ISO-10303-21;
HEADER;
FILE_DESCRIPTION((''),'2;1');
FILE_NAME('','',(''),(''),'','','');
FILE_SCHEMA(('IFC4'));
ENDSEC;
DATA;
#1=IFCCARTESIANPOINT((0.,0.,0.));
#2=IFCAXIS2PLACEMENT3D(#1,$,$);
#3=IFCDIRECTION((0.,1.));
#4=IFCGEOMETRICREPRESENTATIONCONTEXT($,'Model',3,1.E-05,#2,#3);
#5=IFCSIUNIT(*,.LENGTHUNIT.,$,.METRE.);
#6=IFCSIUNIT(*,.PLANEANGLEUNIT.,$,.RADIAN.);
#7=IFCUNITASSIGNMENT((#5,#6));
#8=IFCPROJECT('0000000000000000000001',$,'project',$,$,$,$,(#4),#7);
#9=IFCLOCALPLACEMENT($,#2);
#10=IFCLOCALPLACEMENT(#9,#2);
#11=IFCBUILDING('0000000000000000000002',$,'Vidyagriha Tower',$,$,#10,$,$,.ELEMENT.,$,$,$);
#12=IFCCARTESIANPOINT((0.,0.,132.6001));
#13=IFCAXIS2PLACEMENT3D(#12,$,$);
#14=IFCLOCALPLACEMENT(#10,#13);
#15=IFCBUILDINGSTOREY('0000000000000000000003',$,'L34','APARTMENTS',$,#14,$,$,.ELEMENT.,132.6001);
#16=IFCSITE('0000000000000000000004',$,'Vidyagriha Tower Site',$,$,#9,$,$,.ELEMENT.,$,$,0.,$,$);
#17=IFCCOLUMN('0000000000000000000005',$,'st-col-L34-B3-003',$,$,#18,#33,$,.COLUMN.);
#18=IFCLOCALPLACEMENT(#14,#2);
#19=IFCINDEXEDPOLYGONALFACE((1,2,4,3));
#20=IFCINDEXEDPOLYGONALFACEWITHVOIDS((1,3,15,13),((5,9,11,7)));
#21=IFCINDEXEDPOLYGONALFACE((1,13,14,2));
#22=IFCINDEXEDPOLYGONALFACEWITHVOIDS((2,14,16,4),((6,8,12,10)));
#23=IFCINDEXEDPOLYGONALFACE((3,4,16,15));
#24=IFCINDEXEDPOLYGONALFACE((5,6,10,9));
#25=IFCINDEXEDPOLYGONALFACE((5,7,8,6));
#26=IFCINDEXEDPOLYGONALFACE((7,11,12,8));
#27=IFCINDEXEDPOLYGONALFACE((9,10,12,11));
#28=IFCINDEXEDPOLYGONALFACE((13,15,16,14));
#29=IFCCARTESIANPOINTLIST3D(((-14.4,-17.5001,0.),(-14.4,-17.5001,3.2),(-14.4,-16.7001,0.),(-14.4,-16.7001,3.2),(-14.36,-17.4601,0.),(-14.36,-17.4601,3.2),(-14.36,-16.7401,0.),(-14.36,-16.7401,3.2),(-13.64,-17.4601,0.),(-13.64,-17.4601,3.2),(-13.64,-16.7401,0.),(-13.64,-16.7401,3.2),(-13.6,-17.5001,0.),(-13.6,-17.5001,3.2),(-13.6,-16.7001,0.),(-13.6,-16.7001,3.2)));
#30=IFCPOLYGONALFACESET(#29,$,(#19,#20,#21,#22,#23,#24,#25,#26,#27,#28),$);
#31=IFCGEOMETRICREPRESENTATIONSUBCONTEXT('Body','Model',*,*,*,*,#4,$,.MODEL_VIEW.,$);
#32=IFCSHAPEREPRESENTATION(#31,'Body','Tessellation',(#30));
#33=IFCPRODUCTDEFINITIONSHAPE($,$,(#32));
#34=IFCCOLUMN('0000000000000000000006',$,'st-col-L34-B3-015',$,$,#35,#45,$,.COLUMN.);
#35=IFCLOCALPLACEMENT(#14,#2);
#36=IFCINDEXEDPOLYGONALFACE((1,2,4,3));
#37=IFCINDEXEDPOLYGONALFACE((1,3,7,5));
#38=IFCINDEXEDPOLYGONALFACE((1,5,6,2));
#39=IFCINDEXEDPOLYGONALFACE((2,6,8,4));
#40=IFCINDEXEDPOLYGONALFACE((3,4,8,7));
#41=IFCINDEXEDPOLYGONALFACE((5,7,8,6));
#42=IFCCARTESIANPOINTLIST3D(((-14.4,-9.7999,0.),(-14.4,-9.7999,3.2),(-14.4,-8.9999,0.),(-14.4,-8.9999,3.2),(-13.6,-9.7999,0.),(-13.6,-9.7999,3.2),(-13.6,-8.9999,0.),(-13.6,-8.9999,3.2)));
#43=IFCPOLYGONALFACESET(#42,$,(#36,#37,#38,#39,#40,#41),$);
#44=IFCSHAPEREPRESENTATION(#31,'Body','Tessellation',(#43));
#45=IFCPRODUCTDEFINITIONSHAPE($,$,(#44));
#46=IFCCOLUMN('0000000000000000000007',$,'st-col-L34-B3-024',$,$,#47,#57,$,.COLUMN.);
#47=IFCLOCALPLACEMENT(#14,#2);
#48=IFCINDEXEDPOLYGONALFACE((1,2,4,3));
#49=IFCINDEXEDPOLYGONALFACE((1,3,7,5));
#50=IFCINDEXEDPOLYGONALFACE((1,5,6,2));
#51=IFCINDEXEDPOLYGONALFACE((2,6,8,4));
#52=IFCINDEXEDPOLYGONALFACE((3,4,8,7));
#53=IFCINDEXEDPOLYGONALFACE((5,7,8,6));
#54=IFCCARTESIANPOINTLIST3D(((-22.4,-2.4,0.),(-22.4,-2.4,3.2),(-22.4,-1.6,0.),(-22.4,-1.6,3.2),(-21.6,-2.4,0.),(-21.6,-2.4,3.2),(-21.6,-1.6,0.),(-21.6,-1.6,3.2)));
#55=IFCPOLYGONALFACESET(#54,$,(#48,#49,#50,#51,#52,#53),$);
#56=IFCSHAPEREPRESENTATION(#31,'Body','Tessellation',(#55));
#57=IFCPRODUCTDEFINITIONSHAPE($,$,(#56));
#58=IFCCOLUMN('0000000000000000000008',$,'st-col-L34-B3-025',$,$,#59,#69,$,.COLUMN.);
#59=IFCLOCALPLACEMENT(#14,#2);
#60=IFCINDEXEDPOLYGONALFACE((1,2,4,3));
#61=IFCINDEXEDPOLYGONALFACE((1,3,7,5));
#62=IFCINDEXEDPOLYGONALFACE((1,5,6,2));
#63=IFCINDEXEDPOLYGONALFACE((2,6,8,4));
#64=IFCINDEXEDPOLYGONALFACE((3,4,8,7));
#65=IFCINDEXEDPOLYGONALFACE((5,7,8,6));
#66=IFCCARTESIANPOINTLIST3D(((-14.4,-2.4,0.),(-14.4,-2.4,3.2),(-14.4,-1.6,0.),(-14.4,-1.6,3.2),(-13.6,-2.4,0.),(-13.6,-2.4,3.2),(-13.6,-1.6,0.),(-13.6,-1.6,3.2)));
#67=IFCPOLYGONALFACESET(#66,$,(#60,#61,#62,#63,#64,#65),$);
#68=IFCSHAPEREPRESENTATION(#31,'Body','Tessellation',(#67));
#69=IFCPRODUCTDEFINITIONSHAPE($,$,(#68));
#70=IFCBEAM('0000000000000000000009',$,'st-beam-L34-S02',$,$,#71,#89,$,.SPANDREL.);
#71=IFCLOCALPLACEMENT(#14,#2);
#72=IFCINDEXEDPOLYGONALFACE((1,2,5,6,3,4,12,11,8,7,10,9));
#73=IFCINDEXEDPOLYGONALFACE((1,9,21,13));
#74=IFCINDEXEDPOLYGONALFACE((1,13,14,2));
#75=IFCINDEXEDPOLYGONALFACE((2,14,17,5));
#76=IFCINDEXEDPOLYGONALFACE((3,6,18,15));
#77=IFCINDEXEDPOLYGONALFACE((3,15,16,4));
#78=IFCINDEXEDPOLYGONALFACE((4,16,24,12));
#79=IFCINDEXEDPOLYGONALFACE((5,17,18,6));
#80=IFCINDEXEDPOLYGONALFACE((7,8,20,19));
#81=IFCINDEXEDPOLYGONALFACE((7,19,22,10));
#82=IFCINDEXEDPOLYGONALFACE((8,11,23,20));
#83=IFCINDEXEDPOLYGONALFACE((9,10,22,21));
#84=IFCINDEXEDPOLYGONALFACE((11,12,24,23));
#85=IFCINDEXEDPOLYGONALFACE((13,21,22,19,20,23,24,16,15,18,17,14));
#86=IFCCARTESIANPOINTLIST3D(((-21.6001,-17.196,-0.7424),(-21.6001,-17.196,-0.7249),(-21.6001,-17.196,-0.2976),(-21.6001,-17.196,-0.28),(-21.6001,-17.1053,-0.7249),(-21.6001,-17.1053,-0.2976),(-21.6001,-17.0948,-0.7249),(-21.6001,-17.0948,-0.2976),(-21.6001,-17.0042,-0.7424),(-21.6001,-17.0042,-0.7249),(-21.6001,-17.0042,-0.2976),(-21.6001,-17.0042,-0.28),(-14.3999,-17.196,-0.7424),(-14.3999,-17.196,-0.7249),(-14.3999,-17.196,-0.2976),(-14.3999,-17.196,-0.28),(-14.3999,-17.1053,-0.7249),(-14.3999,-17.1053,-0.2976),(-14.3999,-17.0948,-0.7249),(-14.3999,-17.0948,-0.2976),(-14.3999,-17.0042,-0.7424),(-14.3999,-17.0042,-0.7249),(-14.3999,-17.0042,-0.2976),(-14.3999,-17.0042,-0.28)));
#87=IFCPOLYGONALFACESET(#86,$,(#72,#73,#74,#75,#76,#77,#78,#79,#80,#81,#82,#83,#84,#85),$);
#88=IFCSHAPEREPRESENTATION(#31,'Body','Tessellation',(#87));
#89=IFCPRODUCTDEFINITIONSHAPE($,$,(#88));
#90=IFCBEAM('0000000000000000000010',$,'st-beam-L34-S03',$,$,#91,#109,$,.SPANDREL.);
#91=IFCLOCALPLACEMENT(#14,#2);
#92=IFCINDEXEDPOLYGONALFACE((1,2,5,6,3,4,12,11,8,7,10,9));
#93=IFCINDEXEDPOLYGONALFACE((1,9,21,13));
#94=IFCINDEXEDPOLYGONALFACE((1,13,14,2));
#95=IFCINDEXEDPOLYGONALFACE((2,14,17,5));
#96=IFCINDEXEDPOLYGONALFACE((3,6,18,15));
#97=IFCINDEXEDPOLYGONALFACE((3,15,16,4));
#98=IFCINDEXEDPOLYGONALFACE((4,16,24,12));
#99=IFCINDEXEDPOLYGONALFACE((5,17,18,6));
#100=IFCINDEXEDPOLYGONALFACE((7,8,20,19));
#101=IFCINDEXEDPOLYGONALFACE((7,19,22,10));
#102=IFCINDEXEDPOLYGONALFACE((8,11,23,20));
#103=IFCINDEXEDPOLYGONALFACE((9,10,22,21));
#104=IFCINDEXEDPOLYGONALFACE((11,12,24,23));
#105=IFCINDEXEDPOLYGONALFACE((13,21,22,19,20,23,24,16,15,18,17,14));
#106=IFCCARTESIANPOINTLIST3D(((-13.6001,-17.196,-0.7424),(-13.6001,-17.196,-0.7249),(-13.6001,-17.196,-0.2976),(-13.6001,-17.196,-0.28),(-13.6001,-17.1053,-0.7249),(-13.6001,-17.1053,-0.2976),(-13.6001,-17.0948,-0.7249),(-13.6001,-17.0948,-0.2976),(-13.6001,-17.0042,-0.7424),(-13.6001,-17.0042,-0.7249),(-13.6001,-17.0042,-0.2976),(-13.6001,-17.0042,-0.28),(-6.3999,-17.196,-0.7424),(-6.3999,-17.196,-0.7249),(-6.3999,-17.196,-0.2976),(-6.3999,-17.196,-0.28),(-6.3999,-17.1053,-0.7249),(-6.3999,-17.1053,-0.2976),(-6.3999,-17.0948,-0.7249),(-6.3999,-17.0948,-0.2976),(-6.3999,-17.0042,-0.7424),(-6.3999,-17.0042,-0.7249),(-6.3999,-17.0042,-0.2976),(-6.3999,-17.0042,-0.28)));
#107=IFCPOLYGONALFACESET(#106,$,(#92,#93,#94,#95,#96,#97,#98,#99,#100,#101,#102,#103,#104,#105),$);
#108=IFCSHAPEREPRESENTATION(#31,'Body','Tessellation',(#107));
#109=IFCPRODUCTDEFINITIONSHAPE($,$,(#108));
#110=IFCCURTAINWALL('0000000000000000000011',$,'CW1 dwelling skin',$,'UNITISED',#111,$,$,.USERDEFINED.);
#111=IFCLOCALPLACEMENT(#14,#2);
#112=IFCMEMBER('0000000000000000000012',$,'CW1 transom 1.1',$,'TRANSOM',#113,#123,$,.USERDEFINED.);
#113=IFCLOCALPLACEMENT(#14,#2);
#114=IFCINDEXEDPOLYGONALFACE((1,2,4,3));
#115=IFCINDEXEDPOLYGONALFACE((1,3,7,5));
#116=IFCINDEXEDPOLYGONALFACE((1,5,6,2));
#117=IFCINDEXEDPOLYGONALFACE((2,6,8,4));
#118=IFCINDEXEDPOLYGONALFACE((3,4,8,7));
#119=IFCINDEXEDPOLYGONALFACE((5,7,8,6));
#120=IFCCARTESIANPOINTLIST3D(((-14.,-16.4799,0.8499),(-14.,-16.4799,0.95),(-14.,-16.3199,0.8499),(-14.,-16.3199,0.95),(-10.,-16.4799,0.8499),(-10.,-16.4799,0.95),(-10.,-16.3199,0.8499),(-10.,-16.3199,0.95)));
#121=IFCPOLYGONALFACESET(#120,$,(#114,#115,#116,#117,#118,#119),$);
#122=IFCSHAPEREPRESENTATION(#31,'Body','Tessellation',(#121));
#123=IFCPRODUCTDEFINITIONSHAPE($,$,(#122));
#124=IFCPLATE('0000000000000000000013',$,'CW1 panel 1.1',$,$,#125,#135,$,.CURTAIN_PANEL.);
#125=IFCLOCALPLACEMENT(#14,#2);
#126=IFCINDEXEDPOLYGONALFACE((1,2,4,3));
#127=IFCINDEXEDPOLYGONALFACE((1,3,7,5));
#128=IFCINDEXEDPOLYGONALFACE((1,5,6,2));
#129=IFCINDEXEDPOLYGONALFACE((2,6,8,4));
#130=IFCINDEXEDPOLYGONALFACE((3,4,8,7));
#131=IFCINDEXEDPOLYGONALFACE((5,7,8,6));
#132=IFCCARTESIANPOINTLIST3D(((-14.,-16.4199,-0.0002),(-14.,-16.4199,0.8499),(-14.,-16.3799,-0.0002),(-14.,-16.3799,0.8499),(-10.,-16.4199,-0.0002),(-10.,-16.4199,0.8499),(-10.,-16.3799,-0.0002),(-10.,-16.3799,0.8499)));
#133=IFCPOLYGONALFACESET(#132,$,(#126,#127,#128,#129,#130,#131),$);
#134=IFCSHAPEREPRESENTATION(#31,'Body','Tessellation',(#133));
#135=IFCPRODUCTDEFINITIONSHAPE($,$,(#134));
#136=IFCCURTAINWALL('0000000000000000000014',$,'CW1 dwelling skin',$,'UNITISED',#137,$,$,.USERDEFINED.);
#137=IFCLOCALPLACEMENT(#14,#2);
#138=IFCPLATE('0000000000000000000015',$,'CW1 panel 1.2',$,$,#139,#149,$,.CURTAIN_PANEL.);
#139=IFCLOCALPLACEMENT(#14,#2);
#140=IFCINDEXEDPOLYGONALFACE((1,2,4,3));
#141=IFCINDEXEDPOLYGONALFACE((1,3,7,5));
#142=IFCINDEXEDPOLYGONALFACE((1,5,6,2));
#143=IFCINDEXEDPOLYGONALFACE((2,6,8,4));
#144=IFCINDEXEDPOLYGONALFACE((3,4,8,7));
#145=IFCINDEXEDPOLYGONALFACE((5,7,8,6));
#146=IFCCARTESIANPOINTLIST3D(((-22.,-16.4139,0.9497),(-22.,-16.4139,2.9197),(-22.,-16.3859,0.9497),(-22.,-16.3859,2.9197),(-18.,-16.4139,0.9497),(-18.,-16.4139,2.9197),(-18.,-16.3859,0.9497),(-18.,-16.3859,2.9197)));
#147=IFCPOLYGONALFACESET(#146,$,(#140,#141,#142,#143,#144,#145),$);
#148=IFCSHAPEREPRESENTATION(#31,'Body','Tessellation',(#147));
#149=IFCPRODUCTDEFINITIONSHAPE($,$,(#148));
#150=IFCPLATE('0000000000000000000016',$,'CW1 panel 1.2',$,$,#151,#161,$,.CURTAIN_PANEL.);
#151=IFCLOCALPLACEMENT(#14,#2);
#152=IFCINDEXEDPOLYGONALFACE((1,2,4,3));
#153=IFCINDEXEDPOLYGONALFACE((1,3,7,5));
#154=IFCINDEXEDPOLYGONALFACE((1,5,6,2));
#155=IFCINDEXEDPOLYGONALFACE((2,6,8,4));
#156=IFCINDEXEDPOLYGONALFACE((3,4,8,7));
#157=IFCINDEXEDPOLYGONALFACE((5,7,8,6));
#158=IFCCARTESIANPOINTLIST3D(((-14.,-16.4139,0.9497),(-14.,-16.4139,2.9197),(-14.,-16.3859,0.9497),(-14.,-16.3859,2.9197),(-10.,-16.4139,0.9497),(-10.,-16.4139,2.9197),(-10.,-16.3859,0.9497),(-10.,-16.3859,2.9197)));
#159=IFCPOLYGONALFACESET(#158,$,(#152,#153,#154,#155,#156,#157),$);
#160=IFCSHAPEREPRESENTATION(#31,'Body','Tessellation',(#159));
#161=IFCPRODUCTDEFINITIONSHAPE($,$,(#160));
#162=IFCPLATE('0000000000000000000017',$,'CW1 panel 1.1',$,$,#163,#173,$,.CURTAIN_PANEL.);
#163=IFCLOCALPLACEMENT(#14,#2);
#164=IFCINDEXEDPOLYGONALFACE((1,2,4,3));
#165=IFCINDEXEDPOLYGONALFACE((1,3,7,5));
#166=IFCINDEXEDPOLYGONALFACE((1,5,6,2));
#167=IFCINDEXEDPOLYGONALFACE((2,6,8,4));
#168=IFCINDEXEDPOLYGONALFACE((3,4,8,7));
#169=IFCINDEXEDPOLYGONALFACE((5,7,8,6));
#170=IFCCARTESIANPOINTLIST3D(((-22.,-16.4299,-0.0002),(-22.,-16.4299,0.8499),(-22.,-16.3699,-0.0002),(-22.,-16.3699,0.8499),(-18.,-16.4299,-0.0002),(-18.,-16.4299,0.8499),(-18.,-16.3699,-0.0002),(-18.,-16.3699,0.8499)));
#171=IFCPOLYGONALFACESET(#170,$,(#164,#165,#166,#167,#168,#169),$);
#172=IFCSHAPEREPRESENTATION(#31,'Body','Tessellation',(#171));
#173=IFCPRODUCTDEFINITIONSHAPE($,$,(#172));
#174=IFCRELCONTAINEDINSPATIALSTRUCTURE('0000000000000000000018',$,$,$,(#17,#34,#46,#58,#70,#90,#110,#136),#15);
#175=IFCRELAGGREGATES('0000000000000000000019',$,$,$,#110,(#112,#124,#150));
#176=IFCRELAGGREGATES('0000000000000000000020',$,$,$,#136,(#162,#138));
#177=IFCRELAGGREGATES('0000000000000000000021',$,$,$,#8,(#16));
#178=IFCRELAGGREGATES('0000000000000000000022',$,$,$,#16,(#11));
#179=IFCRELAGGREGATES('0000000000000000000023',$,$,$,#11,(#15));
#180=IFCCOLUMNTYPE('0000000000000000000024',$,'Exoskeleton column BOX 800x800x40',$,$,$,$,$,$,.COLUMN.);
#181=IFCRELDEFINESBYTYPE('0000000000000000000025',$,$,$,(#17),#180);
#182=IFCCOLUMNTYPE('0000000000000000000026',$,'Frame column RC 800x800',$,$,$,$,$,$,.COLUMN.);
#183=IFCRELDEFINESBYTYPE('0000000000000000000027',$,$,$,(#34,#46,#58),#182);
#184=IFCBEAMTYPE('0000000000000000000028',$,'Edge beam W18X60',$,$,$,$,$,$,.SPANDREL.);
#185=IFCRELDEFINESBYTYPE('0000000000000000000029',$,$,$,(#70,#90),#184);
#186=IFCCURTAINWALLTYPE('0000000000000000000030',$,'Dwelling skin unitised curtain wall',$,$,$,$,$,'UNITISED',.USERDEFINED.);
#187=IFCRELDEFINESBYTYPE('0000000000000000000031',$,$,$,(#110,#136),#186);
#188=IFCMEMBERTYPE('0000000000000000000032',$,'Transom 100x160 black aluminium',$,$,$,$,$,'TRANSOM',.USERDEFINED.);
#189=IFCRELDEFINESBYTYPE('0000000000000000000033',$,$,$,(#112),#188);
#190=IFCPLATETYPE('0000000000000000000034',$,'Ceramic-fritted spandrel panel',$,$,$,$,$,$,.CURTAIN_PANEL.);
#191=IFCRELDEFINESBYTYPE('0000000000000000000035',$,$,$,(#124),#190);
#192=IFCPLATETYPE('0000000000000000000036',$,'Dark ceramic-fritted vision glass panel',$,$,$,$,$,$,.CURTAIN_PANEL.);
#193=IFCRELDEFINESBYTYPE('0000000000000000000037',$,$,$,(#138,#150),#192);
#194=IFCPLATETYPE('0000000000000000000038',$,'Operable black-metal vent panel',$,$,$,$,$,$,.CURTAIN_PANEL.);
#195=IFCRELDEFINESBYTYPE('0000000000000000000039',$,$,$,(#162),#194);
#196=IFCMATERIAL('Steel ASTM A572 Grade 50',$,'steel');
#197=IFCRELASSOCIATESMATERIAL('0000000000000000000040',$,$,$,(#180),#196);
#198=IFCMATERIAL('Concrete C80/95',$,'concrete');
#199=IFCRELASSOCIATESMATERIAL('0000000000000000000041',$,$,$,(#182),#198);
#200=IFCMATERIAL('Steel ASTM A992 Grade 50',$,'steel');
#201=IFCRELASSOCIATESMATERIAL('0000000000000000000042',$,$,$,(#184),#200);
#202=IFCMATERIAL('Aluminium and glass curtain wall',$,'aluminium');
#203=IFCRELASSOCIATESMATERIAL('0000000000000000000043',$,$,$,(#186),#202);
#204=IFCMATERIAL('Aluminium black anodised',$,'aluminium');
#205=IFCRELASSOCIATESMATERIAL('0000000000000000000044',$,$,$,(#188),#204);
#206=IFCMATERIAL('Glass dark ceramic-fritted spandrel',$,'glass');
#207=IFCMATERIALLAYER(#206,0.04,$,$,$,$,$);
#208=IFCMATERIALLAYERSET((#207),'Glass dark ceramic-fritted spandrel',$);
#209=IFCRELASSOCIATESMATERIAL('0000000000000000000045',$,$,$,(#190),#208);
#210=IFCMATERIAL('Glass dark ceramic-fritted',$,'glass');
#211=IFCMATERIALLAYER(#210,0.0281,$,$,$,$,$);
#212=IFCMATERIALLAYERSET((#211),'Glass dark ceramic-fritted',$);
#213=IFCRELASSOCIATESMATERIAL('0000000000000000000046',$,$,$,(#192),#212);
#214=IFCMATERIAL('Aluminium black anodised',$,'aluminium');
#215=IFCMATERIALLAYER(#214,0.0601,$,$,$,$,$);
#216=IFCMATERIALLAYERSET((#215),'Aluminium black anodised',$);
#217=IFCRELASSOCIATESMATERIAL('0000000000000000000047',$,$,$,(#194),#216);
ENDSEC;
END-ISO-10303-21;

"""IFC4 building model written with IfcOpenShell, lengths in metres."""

from ifc_helpers import new_model, si_unit, direction, frame, origin, origin_2d, place, context, subcontext, project, spatial, rectangle, hollow_rectangle, i_section, extrude, material, layer, layer_set, material_profile, profile_set, type_object, element, aggregate, save


model = new_model("IFC4")

# Units and contexts
model_context = context("Model", 3, precision=1e-05, world=origin(), true_north=direction((0.0, 1.0)))
body_context = subcontext(model_context, "Body", "Model", "MODEL_VIEW")
ifc_project = project(units=[si_unit("LENGTHUNIT", "METRE"), si_unit("PLANEANGLEUNIT", "RADIAN")], contexts=[model_context])

# Site, building, storey
site_placement = place(None, origin())
site = spatial("IfcSite", under=ifc_project, at=site_placement, Name="Vidyagriha Tower Site", CompositionType="ELEMENT", RefElevation=0.0)
building_placement = place(site_placement, origin())
building = spatial("IfcBuilding", under=site, at=building_placement, Name="Vidyagriha Tower", CompositionType="ELEMENT")
storey_placement = place(building_placement, frame((0.0, 0.0, 132.6001)))
storey = spatial("IfcBuildingStorey", under=building, at=storey_placement, Name="L34", Description="APARTMENTS", CompositionType="ELEMENT", Elevation=132.6001)

# Columns
ifc_material_1 = material(Name="Steel ASTM A572 Grade 50", Category="steel")
ifc_material_profile_1 = material_profile(ifc_material_1, hollow_rectangle(XDim=0.8, YDim=0.8, WallThickness=0.04, at=origin_2d()), Name="BOX 800x800x40")
ifc_profile_set_1 = profile_set([ifc_material_profile_1], Name="Steel ASTM A572 Grade 50")
column_type_1 = type_object("IfcColumnType", Name="Exoskeleton column BOX 800x800x40", PredefinedType="COLUMN", material=ifc_profile_set_1)
column_placement = place(storey_placement, frame((-14.0, -17.1001, 0.0)))
element("IfcColumn", 1, at=column_placement, inside=storey, type_object=column_type_1, Name="st-col-L34-B3-003", PredefinedType="COLUMN", context=body_context, shape_type="SweptSolid", body=[
    extrude(hollow_rectangle(XDim=0.8, YDim=0.8, WallThickness=0.04, at=origin_2d()), origin(), (0.0, 0.0, 1.0), 3.2),
])
ifc_material_2 = material(Name="Concrete C80/95", Category="concrete")
ifc_material_profile_2 = material_profile(ifc_material_2, rectangle(XDim=0.8, YDim=0.8, at=origin_2d()), Name="RC 800x800")
ifc_profile_set_2 = profile_set([ifc_material_profile_2], Name="Concrete C80/95")
column_type_2 = type_object("IfcColumnType", Name="Frame column RC 800x800", PredefinedType="COLUMN", material=ifc_profile_set_2)
for number, where, name in (
    (2, (-14.0, -9.3999, 0.0), "st-col-L34-B3-015"),
    (3, (-22.0, -2.0, 0.0), "st-col-L34-B3-024"),
    (4, (-14.0, -2.0, 0.0), "st-col-L34-B3-025"),
):
    element("IfcColumn", number, at=place(storey_placement, frame(where)), inside=storey, type_object=column_type_2, Name=name, PredefinedType="COLUMN", context=body_context, shape_type="SweptSolid", body=[
        extrude(rectangle(XDim=0.8, YDim=0.8, at=origin_2d()), origin(), (0.0, 0.0, 1.0), 3.2),
    ])

# Beams
ifc_material_3 = material(Name="Steel ASTM A992 Grade 50", Category="steel")
ifc_material_profile_3 = material_profile(ifc_material_3, i_section(OverallWidth=0.1919, OverallDepth=0.4624, WebThickness=0.0105, FlangeThickness=0.0176, at=origin_2d()), Name="W18X60")
ifc_profile_set_3 = profile_set([ifc_material_profile_3], Name="Steel ASTM A992 Grade 50")
beam_type = type_object("IfcBeamType", Name="Edge beam W18X60", PredefinedType="SPANDREL", material=ifc_profile_set_3)
for number, where, z_axis, x_axis, name in (
    (5, (-21.6001, -17.1001, -0.5112), (1.0, 0.0, 0.0), (0.0, 1.0, 0.0), "st-beam-L34-S02"),
    (6, (-13.6001, -17.1001, -0.5112), (1.0, 0.0, 0.0), (0.0, 1.0, 0.0), "st-beam-L34-S03"),
):
    element("IfcBeam", number, at=place(storey_placement, frame(where, z_axis=z_axis, x_axis=x_axis)), inside=storey, type_object=beam_type, Name=name, PredefinedType="SPANDREL", context=body_context, shape_type="SweptSolid", body=[
        extrude(i_section(OverallWidth=0.1919, OverallDepth=0.4624, WebThickness=0.0105, FlangeThickness=0.0176, at=origin_2d()), origin(), (0.0, 0.0, 1.0), 7.2002),
    ])

# Curtain wall, member, plate
ifc_material_4 = material(Name="Aluminium and glass curtain wall", Category="aluminium")
curtain_wall_type = type_object("IfcCurtainWallType", Name="Dwelling skin unitised curtain wall", ElementType="UNITISED", PredefinedType="USERDEFINED", material=ifc_material_4)
curtain_wall_1_placement = place(storey_placement, origin())
curtain_wall_1 = element("IfcCurtainWall", 7, at=curtain_wall_1_placement, inside=storey, type_object=curtain_wall_type, Name="CW1 dwelling skin", ObjectType="UNITISED", PredefinedType="USERDEFINED")
ifc_material_5 = material(Name="Aluminium black anodised", Category="aluminium")
ifc_material_profile_4 = material_profile(ifc_material_5, rectangle(XDim=0.1599, YDim=0.1001, at=origin_2d()), Name="Transom 100x160 black aluminium")
ifc_profile_set_4 = profile_set([ifc_material_profile_4], Name="Aluminium black anodised")
member_type = type_object("IfcMemberType", Name="Transom 100x160 black aluminium", ElementType="TRANSOM", PredefinedType="USERDEFINED", material=ifc_profile_set_4)
member_placement = place(storey_placement, frame((-14.0, -16.3999, 0.8999), z_axis=(1.0, 0.0, 0.0), x_axis=(0.0, 1.0, 0.0)))
member = element("IfcMember", 8, at=member_placement, type_object=member_type, Name="CW1 transom 1.1", ObjectType="TRANSOM", PredefinedType="USERDEFINED", context=body_context, shape_type="SweptSolid", body=[
    extrude(rectangle(XDim=0.1599, YDim=0.1001, at=origin_2d()), origin(), (0.0, 0.0, 1.0), 4.0),
])
ifc_material_6 = material(Name="Glass dark ceramic-fritted spandrel", Category="glass")
ifc_layer_1 = layer(ifc_material_6, 0.04)
ifc_layer_set_1 = layer_set([ifc_layer_1], Name="Glass dark ceramic-fritted spandrel")
plate_type_1 = type_object("IfcPlateType", Name="Ceramic-fritted spandrel panel", PredefinedType="CURTAIN_PANEL", material=ifc_layer_set_1)
plate_1_placement = place(storey_placement, frame((-12.0, -16.3999, -0.0002)))
plate_1 = element("IfcPlate", 9, at=plate_1_placement, type_object=plate_type_1, Name="CW1 panel 1.1", PredefinedType="CURTAIN_PANEL", context=body_context, shape_type="SweptSolid", body=[
    extrude(rectangle(XDim=4.0, YDim=0.04, at=origin_2d()), origin(), (0.0, 0.0, 1.0), 0.8501),
])

# Curtain wall, plate
curtain_wall_2_placement = place(storey_placement, origin())
curtain_wall_2 = element("IfcCurtainWall", 10, at=curtain_wall_2_placement, inside=storey, type_object=curtain_wall_type, Name="CW1 dwelling skin", ObjectType="UNITISED", PredefinedType="USERDEFINED")
ifc_material_7 = material(Name="Glass dark ceramic-fritted", Category="glass")
ifc_layer_2 = layer(ifc_material_7, 0.0281)
ifc_layer_set_2 = layer_set([ifc_layer_2], Name="Glass dark ceramic-fritted")
plate_type_2 = type_object("IfcPlateType", Name="Dark ceramic-fritted vision glass panel", PredefinedType="CURTAIN_PANEL", material=ifc_layer_set_2)
plate_2_placement = place(storey_placement, frame((-20.0, -16.3999, 0.9497)))
plate_2 = element("IfcPlate", 11, at=plate_2_placement, type_object=plate_type_2, Name="CW1 panel 1.2", PredefinedType="CURTAIN_PANEL", context=body_context, shape_type="SweptSolid", body=[
    extrude(rectangle(XDim=4.0, YDim=0.0281, at=origin_2d()), origin(), (0.0, 0.0, 1.0), 1.97),
])

# Plates
plate_3_placement = place(storey_placement, frame((-12.0, -16.3999, 0.9497)))
plate_3 = element("IfcPlate", 12, at=plate_3_placement, type_object=plate_type_2, Name="CW1 panel 1.2", PredefinedType="CURTAIN_PANEL", context=body_context, shape_type="SweptSolid", body=[
    extrude(rectangle(XDim=4.0, YDim=0.0281, at=origin_2d()), origin(), (0.0, 0.0, 1.0), 1.97),
])
aggregate(curtain_wall_1, [member, plate_1, plate_3])
ifc_material_8 = material(Name="Aluminium black anodised", Category="aluminium")
ifc_layer_3 = layer(ifc_material_8, 0.0601)
ifc_layer_set_3 = layer_set([ifc_layer_3], Name="Aluminium black anodised")
plate_type_3 = type_object("IfcPlateType", Name="Operable black-metal vent panel", PredefinedType="CURTAIN_PANEL", material=ifc_layer_set_3)
plate_4_placement = place(storey_placement, frame((-20.0, -16.3999, -0.0002)))
plate_4 = element("IfcPlate", 13, at=plate_4_placement, type_object=plate_type_3, Name="CW1 panel 1.1", PredefinedType="CURTAIN_PANEL", context=body_context, shape_type="SweptSolid", body=[
    extrude(rectangle(XDim=4.0, YDim=0.0601, at=origin_2d()), origin(), (0.0, 0.0, 1.0), 0.8501),
])
aggregate(curtain_wall_2, [plate_4, plate_2])

save(model, "model.ifc")
